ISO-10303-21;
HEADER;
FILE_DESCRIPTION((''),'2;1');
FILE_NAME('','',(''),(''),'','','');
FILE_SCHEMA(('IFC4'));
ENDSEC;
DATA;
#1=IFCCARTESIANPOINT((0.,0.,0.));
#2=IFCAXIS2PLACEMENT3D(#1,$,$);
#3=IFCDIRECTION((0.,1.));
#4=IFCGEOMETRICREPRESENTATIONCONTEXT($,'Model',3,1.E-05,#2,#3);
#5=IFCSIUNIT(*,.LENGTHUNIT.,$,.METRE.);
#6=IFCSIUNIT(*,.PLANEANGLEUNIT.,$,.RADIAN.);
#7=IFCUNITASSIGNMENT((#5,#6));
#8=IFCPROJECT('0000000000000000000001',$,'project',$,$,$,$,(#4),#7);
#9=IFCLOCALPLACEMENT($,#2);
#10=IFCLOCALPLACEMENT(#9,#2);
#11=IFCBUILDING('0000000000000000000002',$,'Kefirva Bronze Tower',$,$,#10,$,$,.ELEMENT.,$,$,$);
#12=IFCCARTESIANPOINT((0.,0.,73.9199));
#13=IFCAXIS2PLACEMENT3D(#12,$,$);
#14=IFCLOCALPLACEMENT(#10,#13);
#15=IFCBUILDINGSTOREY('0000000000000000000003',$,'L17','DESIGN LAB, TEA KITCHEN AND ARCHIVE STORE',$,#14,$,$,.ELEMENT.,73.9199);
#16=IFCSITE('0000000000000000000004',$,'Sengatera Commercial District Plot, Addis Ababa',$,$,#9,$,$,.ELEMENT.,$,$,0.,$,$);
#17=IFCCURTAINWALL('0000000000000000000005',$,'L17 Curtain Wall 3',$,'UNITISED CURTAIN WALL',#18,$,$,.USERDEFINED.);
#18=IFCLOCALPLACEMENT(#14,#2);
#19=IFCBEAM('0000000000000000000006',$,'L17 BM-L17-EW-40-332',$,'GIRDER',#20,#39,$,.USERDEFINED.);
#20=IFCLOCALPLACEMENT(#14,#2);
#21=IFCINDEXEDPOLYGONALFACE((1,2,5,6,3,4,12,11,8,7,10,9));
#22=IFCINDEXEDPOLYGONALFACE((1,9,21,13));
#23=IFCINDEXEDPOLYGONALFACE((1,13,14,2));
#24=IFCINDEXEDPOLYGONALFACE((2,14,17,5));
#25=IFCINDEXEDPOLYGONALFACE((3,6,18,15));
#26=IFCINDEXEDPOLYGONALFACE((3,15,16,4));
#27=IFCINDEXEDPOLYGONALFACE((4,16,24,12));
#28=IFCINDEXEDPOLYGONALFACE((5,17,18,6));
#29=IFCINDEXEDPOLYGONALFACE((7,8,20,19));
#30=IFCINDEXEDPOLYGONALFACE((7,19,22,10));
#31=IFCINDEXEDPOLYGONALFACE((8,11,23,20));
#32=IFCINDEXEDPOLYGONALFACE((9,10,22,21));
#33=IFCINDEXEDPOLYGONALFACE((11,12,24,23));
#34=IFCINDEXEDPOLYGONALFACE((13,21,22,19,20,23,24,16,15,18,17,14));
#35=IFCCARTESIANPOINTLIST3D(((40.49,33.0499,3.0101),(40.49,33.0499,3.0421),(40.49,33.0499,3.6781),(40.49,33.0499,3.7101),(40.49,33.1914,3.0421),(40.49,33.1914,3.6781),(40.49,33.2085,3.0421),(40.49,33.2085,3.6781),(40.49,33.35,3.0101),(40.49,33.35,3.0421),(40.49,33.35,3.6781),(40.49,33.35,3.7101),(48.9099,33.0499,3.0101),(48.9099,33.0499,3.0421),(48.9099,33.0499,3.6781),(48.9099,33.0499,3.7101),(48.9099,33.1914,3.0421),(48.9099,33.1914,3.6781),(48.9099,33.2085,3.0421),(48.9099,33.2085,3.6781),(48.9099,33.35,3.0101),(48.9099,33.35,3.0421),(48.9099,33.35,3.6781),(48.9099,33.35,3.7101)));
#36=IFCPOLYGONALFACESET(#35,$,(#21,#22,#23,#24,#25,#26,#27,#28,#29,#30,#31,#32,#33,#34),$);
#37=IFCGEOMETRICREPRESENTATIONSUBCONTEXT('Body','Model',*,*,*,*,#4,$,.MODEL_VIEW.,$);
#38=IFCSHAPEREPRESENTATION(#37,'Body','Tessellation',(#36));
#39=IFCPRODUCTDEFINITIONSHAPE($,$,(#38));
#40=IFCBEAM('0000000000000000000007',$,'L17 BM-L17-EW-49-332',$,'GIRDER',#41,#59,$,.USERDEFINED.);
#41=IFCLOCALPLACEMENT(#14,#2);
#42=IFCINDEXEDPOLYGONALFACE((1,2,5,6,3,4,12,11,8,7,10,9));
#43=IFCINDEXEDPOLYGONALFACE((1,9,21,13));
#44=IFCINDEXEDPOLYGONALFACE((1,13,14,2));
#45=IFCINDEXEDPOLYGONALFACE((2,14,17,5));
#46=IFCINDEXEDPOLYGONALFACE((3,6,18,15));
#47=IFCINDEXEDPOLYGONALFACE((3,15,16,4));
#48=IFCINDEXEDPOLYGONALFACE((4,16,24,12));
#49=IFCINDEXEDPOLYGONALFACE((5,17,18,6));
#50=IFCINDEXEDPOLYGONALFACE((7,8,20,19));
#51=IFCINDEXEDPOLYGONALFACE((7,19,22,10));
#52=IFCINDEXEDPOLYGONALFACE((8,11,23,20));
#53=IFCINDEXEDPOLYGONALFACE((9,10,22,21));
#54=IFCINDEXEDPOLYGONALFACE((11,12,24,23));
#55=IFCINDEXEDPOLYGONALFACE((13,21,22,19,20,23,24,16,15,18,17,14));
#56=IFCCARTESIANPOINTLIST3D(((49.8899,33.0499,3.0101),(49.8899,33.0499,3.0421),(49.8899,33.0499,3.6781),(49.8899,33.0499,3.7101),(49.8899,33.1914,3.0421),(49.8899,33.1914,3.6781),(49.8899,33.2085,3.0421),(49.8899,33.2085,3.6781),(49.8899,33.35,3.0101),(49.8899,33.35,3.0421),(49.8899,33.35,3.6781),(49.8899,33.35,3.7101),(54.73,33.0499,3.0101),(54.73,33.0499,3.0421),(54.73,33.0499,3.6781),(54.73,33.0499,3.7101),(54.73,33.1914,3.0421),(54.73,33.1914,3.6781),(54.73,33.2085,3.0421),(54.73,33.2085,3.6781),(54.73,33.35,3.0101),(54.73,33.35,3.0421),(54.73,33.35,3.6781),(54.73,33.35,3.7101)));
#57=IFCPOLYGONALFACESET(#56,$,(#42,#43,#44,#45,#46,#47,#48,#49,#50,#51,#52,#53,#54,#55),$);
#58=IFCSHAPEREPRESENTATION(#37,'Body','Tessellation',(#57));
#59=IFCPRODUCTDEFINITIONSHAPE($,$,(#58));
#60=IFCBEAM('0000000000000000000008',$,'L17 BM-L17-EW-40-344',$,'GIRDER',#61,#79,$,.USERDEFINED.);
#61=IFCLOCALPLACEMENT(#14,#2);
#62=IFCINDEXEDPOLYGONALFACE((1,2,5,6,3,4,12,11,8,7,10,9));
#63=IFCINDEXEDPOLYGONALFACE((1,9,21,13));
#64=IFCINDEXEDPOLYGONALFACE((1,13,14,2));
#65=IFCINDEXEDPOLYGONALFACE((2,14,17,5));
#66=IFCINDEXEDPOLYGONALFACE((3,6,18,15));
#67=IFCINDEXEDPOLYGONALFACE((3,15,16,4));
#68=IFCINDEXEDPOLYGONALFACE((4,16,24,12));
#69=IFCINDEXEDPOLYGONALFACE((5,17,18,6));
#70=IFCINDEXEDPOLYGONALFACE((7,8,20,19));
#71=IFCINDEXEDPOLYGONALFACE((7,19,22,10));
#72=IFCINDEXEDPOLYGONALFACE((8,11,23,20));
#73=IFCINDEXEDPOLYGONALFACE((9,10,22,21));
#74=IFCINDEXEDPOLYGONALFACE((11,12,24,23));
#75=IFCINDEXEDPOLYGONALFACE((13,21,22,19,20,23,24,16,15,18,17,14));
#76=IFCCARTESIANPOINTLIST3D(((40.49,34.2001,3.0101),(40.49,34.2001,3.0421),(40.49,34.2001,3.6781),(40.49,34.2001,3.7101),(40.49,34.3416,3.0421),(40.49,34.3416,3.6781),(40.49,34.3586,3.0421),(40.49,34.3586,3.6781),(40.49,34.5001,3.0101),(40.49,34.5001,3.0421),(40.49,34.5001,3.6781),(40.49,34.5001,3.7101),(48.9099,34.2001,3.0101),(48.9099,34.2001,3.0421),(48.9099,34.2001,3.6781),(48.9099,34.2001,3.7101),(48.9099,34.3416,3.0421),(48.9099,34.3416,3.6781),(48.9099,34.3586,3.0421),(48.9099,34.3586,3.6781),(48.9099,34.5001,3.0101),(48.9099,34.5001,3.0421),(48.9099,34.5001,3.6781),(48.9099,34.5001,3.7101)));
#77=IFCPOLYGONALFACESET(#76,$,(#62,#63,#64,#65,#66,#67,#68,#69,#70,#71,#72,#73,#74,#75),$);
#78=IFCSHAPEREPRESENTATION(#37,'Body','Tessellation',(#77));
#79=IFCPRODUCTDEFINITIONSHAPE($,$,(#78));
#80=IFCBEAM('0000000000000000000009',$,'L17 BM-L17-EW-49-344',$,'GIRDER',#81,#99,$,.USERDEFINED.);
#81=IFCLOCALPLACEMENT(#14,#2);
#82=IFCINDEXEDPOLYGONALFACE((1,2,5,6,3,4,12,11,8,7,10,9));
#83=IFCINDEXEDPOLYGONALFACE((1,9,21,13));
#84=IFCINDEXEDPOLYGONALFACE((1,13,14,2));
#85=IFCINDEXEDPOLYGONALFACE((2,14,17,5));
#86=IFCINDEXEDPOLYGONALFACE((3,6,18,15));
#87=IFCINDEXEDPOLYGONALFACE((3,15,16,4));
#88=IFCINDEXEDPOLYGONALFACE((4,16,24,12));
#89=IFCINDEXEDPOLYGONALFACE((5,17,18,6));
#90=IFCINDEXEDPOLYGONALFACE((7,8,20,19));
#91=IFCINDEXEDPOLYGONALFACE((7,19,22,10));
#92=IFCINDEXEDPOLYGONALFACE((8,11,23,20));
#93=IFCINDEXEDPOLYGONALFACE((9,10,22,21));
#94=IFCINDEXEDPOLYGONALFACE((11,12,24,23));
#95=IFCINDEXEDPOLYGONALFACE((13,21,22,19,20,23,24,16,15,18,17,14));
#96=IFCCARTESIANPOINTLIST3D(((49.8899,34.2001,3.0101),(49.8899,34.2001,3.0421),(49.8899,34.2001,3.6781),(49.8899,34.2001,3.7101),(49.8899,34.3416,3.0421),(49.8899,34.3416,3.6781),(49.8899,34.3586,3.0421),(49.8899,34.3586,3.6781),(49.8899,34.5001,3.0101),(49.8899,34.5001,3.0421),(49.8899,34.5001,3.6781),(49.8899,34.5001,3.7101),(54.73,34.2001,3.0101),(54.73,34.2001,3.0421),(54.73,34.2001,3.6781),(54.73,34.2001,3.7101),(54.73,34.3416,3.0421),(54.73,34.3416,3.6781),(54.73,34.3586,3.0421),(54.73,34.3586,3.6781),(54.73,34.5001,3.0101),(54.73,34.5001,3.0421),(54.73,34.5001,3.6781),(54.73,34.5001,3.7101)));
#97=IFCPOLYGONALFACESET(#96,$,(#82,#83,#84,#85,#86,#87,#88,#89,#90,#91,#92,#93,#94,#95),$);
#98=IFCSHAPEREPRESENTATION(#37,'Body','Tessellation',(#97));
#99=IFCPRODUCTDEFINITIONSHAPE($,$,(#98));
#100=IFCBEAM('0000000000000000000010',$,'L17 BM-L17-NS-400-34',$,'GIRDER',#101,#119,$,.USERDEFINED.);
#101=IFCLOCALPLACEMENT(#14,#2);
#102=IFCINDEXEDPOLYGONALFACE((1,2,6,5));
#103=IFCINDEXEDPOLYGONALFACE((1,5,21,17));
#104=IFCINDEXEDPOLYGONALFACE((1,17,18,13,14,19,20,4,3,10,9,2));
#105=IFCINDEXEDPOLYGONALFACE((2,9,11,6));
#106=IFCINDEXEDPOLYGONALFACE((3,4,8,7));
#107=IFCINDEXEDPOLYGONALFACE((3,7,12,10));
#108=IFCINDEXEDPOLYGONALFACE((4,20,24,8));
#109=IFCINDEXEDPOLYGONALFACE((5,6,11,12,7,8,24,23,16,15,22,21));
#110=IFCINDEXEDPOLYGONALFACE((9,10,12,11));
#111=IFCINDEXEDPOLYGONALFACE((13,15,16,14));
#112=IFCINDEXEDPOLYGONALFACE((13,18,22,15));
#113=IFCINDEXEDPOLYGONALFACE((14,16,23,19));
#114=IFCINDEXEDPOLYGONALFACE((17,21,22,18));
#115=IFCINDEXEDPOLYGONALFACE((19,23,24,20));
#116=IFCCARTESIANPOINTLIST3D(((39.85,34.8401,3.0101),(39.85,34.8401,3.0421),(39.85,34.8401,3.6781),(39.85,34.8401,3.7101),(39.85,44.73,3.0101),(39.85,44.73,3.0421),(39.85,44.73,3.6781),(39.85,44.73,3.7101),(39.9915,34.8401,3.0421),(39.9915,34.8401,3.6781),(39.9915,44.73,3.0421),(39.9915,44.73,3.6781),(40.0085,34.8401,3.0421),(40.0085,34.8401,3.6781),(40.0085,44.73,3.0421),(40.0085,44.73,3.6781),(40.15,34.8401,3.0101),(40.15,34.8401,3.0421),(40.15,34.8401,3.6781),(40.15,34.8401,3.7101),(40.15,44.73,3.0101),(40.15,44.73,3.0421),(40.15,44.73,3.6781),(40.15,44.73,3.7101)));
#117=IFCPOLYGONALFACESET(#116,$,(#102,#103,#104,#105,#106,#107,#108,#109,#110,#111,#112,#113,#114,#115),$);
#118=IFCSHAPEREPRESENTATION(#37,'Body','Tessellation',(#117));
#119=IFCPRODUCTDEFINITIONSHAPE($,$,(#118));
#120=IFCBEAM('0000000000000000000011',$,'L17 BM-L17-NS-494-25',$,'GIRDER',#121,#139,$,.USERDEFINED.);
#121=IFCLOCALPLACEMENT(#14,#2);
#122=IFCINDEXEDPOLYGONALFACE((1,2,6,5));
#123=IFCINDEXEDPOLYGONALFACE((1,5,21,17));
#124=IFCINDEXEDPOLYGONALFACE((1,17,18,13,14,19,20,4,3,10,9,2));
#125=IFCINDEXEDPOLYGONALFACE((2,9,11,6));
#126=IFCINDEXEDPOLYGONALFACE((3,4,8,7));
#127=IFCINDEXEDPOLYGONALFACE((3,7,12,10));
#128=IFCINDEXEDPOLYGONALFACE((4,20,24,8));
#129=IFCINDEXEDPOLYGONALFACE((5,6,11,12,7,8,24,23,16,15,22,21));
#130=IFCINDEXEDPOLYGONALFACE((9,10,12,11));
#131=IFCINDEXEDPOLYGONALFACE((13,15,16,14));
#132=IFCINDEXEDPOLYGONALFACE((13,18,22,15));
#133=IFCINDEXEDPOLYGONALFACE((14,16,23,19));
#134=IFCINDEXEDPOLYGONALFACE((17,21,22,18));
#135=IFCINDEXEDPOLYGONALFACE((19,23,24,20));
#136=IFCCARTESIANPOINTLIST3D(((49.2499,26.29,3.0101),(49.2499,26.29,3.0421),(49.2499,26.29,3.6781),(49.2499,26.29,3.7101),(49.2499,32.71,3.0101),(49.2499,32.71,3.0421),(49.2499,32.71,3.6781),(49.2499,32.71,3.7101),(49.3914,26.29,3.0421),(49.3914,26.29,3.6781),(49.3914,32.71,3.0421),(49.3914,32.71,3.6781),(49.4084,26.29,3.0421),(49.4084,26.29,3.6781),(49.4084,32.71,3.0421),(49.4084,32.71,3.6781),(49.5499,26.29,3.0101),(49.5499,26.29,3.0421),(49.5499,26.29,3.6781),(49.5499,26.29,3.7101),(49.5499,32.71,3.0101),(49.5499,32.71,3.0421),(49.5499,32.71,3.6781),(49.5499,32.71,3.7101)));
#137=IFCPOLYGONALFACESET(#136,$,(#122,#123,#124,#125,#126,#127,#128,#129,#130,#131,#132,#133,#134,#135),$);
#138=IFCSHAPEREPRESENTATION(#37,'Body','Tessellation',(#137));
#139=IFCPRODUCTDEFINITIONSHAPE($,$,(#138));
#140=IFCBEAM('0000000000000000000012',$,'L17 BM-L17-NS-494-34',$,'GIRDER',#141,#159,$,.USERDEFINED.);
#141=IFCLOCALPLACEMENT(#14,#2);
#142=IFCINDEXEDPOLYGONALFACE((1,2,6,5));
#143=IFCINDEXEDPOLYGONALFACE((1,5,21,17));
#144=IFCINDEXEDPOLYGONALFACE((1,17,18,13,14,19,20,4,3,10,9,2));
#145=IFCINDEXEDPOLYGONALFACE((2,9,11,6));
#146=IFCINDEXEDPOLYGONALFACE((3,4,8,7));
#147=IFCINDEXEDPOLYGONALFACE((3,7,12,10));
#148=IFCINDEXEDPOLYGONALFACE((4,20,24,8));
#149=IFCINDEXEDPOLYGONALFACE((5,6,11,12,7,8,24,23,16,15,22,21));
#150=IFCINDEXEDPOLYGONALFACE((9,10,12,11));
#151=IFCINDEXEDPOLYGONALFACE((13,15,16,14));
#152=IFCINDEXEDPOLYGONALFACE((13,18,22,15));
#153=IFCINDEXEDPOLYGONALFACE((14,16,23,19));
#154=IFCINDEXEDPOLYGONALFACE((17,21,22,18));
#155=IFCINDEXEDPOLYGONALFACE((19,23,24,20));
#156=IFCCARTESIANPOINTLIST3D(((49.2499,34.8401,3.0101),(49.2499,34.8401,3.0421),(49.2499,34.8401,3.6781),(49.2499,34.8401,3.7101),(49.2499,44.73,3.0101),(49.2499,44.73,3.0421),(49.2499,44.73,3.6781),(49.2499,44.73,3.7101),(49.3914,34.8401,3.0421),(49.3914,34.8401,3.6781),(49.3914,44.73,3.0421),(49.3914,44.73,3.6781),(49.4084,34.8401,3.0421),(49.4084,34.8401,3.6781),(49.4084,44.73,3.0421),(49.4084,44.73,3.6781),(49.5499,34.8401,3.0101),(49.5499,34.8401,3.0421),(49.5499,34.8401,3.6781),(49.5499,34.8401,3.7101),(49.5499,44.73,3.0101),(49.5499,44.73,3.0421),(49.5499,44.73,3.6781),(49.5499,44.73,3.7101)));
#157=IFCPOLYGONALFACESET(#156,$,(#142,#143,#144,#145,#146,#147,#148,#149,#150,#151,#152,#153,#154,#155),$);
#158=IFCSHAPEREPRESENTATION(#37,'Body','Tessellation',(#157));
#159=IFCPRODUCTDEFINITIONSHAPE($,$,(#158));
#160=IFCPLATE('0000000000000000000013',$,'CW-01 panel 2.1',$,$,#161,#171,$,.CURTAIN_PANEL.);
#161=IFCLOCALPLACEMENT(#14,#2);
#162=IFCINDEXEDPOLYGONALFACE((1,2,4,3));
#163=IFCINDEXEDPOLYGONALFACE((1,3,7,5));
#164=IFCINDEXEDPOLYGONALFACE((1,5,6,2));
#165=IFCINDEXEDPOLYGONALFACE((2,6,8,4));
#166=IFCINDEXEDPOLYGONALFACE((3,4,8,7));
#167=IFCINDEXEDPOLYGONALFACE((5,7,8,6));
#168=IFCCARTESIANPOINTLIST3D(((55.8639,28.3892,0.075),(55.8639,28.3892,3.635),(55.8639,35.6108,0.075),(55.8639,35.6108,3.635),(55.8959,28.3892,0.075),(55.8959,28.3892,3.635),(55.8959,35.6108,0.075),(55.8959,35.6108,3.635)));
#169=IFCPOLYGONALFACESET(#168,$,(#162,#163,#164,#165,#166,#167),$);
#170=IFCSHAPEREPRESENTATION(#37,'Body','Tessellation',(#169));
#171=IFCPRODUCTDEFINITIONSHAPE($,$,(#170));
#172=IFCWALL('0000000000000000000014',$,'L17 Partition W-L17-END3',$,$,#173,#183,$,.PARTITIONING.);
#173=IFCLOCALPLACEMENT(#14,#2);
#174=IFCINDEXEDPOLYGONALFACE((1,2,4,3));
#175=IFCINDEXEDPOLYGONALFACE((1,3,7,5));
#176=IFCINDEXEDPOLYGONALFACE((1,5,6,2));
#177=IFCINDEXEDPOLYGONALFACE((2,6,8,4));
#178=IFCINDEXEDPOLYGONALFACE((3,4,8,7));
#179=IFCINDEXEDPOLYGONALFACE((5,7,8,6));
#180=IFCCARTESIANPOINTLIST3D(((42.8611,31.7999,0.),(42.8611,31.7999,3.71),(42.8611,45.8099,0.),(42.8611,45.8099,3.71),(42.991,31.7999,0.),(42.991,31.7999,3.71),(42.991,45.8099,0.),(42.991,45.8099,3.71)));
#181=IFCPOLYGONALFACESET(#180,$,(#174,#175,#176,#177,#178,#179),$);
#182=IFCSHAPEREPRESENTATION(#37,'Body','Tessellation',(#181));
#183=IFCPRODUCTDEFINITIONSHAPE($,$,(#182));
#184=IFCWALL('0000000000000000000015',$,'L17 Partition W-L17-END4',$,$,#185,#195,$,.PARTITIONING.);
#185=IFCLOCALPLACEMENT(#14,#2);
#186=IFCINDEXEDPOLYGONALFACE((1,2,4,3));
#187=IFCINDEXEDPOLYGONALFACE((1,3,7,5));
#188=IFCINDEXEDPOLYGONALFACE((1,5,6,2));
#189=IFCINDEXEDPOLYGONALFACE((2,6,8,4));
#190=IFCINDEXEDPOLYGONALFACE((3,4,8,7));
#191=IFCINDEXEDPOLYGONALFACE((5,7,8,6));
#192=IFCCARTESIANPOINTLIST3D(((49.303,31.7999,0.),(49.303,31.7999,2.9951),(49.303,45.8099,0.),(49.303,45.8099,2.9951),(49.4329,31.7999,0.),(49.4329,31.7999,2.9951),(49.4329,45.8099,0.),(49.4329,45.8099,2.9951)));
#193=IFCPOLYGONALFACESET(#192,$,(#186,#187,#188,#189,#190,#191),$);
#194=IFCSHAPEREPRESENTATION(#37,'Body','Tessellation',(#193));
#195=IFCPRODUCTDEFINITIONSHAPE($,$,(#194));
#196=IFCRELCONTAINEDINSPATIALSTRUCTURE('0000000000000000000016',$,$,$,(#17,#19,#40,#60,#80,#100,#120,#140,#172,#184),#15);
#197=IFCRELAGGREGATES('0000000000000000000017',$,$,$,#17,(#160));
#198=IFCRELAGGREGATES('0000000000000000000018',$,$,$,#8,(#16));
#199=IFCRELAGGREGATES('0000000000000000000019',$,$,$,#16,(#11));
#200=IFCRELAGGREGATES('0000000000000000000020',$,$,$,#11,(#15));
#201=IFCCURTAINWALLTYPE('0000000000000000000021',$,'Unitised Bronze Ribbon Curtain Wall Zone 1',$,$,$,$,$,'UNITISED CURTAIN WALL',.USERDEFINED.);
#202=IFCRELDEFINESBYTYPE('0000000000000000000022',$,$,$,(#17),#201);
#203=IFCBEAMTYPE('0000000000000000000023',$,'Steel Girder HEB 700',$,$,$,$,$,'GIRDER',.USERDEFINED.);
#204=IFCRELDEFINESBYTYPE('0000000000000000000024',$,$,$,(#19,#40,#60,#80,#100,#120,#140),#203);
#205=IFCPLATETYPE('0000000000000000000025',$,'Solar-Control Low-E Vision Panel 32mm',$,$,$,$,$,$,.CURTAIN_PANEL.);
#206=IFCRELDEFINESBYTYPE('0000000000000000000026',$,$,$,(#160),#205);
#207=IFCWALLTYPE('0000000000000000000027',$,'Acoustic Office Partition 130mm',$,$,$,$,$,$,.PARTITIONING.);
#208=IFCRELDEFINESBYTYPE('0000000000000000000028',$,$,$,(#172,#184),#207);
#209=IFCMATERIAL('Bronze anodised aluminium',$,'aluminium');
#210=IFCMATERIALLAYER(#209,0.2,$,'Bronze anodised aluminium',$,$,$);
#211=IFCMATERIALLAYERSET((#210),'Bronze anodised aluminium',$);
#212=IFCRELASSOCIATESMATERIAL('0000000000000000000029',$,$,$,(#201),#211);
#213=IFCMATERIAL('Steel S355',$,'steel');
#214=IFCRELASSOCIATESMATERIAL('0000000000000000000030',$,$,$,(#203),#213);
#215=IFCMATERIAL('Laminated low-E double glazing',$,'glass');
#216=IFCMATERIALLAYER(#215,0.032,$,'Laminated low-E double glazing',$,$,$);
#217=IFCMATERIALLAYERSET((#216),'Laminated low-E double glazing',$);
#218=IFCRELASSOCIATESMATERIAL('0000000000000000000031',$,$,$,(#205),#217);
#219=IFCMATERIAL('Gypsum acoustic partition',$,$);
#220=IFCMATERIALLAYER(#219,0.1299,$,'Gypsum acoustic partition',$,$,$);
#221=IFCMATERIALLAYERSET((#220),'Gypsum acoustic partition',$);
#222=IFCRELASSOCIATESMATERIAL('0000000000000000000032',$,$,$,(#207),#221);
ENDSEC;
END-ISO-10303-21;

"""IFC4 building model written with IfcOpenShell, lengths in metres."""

from ifc_helpers import new_model, si_unit, direction, frame, frame_2d, origin, origin_2d, place, context, subcontext, project, spatial, rectangle, i_section, extrude, material, layer, layer_set, material_profile, profile_set, type_object, element, aggregate, save


model = new_model("IFC4")

# Units and contexts
model_context = context("Model", 3, precision=1e-05, world=origin(), true_north=direction((0.0, 1.0)))
body_context = subcontext(model_context, "Body", "Model", "MODEL_VIEW")
ifc_project = project(units=[si_unit("LENGTHUNIT", "METRE"), si_unit("PLANEANGLEUNIT", "RADIAN")], contexts=[model_context])

# Site, building, storey
site_placement = place(None, origin())
site = spatial("IfcSite", under=ifc_project, at=site_placement, Name="Sengatera Commercial District Plot, Addis Ababa", CompositionType="ELEMENT", RefElevation=0.0)
building_placement = place(site_placement, origin())
building = spatial("IfcBuilding", under=site, at=building_placement, Name="Kefirva Bronze Tower", CompositionType="ELEMENT")
storey_placement = place(building_placement, frame((0.0, 0.0, 73.9199)))
storey = spatial("IfcBuildingStorey", under=building, at=storey_placement, Name="L17", Description="DESIGN LAB, TEA KITCHEN AND ARCHIVE STORE", CompositionType="ELEMENT", Elevation=73.9199)

# Curtain wall
ifc_material_1 = material(Name="Bronze anodised aluminium", Category="aluminium")
ifc_layer_1 = layer(ifc_material_1, 0.2, Name="Bronze anodised aluminium")
ifc_layer_set_1 = layer_set([ifc_layer_1], Name="Bronze anodised aluminium")
curtain_wall_type = type_object("IfcCurtainWallType", Name="Unitised Bronze Ribbon Curtain Wall Zone 1", ElementType="UNITISED CURTAIN WALL", PredefinedType="USERDEFINED", material=ifc_layer_set_1)
curtain_wall_placement = place(storey_placement, origin())
curtain_wall = element("IfcCurtainWall", 1, at=curtain_wall_placement, inside=storey, type_object=curtain_wall_type, Name="L17 Curtain Wall 3", ObjectType="UNITISED CURTAIN WALL", PredefinedType="USERDEFINED")

# Beams
ifc_material_2 = material(Name="Steel S355", Category="steel")
ifc_material_profile_1 = material_profile(ifc_material_2, i_section(OverallWidth=0.3, OverallDepth=0.7, WebThickness=0.0171, FlangeThickness=0.032, at=origin_2d()), Name="HEB 700")
ifc_profile_set_1 = profile_set([ifc_material_profile_1], Name="Steel S355")
beam_type_1 = type_object("IfcBeamType", Name="Steel Girder HEB 700", ElementType="GIRDER", PredefinedType="USERDEFINED", material=ifc_profile_set_1)
for number, where, z_axis, x_axis, name in (
    (2, (40.49, 33.2, 3.3601), (1.0, 0.0, 0.0), (0.0, 1.0, 0.0), "L17 BM-L17-EW-40-332"),
):
    element("IfcBeam", number, at=place(storey_placement, frame(where, z_axis=z_axis, x_axis=x_axis)), inside=storey, type_object=beam_type_1, Name=name, ObjectType="GIRDER", PredefinedType="USERDEFINED", context=body_context, shape_type="SweptSolid", body=[
        extrude(i_section(OverallWidth=0.3, OverallDepth=0.7, WebThickness=0.0171, FlangeThickness=0.032, at=origin_2d()), origin(), (0.0, 0.0, 1.0), 8.4199),
    ])
beam_1_placement = place(storey_placement, frame((49.8899, 33.2, 3.3601), z_axis=(1.0, 0.0, 0.0), x_axis=(0.0, 1.0, 0.0)))
element("IfcBeam", 3, at=beam_1_placement, inside=storey, type_object=beam_type_1, Name="L17 BM-L17-EW-49-332", ObjectType="GIRDER", PredefinedType="USERDEFINED", context=body_context, shape_type="SweptSolid", body=[
    extrude(i_section(OverallWidth=0.3, OverallDepth=0.7, WebThickness=0.0171, FlangeThickness=0.032, at=origin_2d()), origin(), (0.0, 0.0, 1.0), 4.8401),
])
beam_2_placement = place(storey_placement, frame((40.49, 34.3501, 3.3601), z_axis=(1.0, 0.0, 0.0), x_axis=(0.0, 1.0, 0.0)))
element("IfcBeam", 4, at=beam_2_placement, inside=storey, type_object=beam_type_1, Name="L17 BM-L17-EW-40-344", ObjectType="GIRDER", PredefinedType="USERDEFINED", context=body_context, shape_type="SweptSolid", body=[
    extrude(i_section(OverallWidth=0.3, OverallDepth=0.7, WebThickness=0.0171, FlangeThickness=0.032, at=origin_2d()), origin(), (0.0, 0.0, 1.0), 8.4199),
])
beam_3_placement = place(storey_placement, frame((49.8899, 34.3501, 3.3601), z_axis=(1.0, 0.0, 0.0), x_axis=(0.0, 1.0, 0.0)))
element("IfcBeam", 5, at=beam_3_placement, inside=storey, type_object=beam_type_1, Name="L17 BM-L17-EW-49-344", ObjectType="GIRDER", PredefinedType="USERDEFINED", context=body_context, shape_type="SweptSolid", body=[
    extrude(i_section(OverallWidth=0.3, OverallDepth=0.7, WebThickness=0.0171, FlangeThickness=0.032, at=origin_2d()), origin(), (0.0, 0.0, 1.0), 4.8401),
])
beam_4_placement = place(storey_placement, frame((40.0, 34.8401, 3.3601), z_axis=(0.0, 1.0, 0.0), x_axis=(-1.0, 0.0, 0.0)))
element("IfcBeam", 6, at=beam_4_placement, inside=storey, type_object=beam_type_1, Name="L17 BM-L17-NS-400-34", ObjectType="GIRDER", PredefinedType="USERDEFINED", context=body_context, shape_type="SweptSolid", body=[
    extrude(i_section(OverallWidth=0.3, OverallDepth=0.7, WebThickness=0.0171, FlangeThickness=0.032, at=origin_2d()), origin(), (0.0, 0.0, 1.0), 9.8899),
])
beam_5_placement = place(storey_placement, frame((49.3999, 26.29, 3.3601), z_axis=(0.0, 1.0, 0.0), x_axis=(-1.0, 0.0, 0.0)))
element("IfcBeam", 7, at=beam_5_placement, inside=storey, type_object=beam_type_1, Name="L17 BM-L17-NS-494-25", ObjectType="GIRDER", PredefinedType="USERDEFINED", context=body_context, shape_type="SweptSolid", body=[
    extrude(i_section(OverallWidth=0.3, OverallDepth=0.7, WebThickness=0.0171, FlangeThickness=0.032, at=origin_2d()), origin(), (0.0, 0.0, 1.0), 6.4199),
])
beam_6_placement = place(storey_placement, frame((49.3999, 34.8401, 3.3601), z_axis=(0.0, 1.0, 0.0), x_axis=(-1.0, 0.0, 0.0)))
element("IfcBeam", 8, at=beam_6_placement, inside=storey, type_object=beam_type_1, Name="L17 BM-L17-NS-494-34", ObjectType="GIRDER", PredefinedType="USERDEFINED", context=body_context, shape_type="SweptSolid", body=[
    extrude(i_section(OverallWidth=0.3, OverallDepth=0.7, WebThickness=0.0171, FlangeThickness=0.032, at=origin_2d()), origin(), (0.0, 0.0, 1.0), 9.8899),
])

# Plate
ifc_material_3 = material(Name="Laminated low-E double glazing", Category="glass")
ifc_layer_2 = layer(ifc_material_3, 0.032, Name="Laminated low-E double glazing")
ifc_layer_set_2 = layer_set([ifc_layer_2], Name="Laminated low-E double glazing")
plate_type = type_object("IfcPlateType", Name="Solar-Control Low-E Vision Panel 32mm", PredefinedType="CURTAIN_PANEL", material=ifc_layer_set_2)
plate_placement = place(storey_placement, frame((55.8799, 32.0, 0.075), z_axis=(0.0, 0.0, 1.0), x_axis=(0.0, 1.0, 0.0)))
plate = element("IfcPlate", 9, at=plate_placement, type_object=plate_type, Name="CW-01 panel 2.1", PredefinedType="CURTAIN_PANEL", context=body_context, shape_type="SweptSolid", body=[
    extrude(rectangle(XDim=7.2217, YDim=0.032, at=origin_2d()), origin(), (0.0, 0.0, 1.0), 3.5601),
])
aggregate(curtain_wall, [plate])

# Walls
ifc_material_4 = material(Name="Gypsum acoustic partition")
ifc_layer_3 = layer(ifc_material_4, 0.1299, Name="Gypsum acoustic partition")
ifc_layer_set_3 = layer_set([ifc_layer_3], Name="Gypsum acoustic partition")
wall_type = type_object("IfcWallType", Name="Acoustic Office Partition 130mm", PredefinedType="PARTITIONING", material=ifc_layer_set_3)
wall_1_placement = place(storey_placement, frame((42.926, 31.8, 0.0), z_axis=(0.0, 0.0, 1.0), x_axis=(0.0, 1.0, 0.0)))
element("IfcWall", 10, at=wall_1_placement, inside=storey, type_object=wall_type, Name="L17 Partition W-L17-END3", PredefinedType="PARTITIONING", context=body_context, shape_type="SweptSolid", body=[
    extrude(rectangle(XDim=14.01, YDim=0.1299, at=frame_2d((7.0049, 0.0))), origin(), (0.0, 0.0, 1.0), 3.71),
])
wall_2_placement = place(storey_placement, frame((49.3679, 31.8, 0.0), z_axis=(0.0, 0.0, 1.0), x_axis=(0.0, 1.0, 0.0)))
element("IfcWall", 11, at=wall_2_placement, inside=storey, type_object=wall_type, Name="L17 Partition W-L17-END4", PredefinedType="PARTITIONING", context=body_context, shape_type="SweptSolid", body=[
    extrude(rectangle(XDim=14.01, YDim=0.1299, at=frame_2d((7.0049, 0.0))), origin(), (0.0, 0.0, 1.0), 2.9951),
])

save(model, "model.ifc")
